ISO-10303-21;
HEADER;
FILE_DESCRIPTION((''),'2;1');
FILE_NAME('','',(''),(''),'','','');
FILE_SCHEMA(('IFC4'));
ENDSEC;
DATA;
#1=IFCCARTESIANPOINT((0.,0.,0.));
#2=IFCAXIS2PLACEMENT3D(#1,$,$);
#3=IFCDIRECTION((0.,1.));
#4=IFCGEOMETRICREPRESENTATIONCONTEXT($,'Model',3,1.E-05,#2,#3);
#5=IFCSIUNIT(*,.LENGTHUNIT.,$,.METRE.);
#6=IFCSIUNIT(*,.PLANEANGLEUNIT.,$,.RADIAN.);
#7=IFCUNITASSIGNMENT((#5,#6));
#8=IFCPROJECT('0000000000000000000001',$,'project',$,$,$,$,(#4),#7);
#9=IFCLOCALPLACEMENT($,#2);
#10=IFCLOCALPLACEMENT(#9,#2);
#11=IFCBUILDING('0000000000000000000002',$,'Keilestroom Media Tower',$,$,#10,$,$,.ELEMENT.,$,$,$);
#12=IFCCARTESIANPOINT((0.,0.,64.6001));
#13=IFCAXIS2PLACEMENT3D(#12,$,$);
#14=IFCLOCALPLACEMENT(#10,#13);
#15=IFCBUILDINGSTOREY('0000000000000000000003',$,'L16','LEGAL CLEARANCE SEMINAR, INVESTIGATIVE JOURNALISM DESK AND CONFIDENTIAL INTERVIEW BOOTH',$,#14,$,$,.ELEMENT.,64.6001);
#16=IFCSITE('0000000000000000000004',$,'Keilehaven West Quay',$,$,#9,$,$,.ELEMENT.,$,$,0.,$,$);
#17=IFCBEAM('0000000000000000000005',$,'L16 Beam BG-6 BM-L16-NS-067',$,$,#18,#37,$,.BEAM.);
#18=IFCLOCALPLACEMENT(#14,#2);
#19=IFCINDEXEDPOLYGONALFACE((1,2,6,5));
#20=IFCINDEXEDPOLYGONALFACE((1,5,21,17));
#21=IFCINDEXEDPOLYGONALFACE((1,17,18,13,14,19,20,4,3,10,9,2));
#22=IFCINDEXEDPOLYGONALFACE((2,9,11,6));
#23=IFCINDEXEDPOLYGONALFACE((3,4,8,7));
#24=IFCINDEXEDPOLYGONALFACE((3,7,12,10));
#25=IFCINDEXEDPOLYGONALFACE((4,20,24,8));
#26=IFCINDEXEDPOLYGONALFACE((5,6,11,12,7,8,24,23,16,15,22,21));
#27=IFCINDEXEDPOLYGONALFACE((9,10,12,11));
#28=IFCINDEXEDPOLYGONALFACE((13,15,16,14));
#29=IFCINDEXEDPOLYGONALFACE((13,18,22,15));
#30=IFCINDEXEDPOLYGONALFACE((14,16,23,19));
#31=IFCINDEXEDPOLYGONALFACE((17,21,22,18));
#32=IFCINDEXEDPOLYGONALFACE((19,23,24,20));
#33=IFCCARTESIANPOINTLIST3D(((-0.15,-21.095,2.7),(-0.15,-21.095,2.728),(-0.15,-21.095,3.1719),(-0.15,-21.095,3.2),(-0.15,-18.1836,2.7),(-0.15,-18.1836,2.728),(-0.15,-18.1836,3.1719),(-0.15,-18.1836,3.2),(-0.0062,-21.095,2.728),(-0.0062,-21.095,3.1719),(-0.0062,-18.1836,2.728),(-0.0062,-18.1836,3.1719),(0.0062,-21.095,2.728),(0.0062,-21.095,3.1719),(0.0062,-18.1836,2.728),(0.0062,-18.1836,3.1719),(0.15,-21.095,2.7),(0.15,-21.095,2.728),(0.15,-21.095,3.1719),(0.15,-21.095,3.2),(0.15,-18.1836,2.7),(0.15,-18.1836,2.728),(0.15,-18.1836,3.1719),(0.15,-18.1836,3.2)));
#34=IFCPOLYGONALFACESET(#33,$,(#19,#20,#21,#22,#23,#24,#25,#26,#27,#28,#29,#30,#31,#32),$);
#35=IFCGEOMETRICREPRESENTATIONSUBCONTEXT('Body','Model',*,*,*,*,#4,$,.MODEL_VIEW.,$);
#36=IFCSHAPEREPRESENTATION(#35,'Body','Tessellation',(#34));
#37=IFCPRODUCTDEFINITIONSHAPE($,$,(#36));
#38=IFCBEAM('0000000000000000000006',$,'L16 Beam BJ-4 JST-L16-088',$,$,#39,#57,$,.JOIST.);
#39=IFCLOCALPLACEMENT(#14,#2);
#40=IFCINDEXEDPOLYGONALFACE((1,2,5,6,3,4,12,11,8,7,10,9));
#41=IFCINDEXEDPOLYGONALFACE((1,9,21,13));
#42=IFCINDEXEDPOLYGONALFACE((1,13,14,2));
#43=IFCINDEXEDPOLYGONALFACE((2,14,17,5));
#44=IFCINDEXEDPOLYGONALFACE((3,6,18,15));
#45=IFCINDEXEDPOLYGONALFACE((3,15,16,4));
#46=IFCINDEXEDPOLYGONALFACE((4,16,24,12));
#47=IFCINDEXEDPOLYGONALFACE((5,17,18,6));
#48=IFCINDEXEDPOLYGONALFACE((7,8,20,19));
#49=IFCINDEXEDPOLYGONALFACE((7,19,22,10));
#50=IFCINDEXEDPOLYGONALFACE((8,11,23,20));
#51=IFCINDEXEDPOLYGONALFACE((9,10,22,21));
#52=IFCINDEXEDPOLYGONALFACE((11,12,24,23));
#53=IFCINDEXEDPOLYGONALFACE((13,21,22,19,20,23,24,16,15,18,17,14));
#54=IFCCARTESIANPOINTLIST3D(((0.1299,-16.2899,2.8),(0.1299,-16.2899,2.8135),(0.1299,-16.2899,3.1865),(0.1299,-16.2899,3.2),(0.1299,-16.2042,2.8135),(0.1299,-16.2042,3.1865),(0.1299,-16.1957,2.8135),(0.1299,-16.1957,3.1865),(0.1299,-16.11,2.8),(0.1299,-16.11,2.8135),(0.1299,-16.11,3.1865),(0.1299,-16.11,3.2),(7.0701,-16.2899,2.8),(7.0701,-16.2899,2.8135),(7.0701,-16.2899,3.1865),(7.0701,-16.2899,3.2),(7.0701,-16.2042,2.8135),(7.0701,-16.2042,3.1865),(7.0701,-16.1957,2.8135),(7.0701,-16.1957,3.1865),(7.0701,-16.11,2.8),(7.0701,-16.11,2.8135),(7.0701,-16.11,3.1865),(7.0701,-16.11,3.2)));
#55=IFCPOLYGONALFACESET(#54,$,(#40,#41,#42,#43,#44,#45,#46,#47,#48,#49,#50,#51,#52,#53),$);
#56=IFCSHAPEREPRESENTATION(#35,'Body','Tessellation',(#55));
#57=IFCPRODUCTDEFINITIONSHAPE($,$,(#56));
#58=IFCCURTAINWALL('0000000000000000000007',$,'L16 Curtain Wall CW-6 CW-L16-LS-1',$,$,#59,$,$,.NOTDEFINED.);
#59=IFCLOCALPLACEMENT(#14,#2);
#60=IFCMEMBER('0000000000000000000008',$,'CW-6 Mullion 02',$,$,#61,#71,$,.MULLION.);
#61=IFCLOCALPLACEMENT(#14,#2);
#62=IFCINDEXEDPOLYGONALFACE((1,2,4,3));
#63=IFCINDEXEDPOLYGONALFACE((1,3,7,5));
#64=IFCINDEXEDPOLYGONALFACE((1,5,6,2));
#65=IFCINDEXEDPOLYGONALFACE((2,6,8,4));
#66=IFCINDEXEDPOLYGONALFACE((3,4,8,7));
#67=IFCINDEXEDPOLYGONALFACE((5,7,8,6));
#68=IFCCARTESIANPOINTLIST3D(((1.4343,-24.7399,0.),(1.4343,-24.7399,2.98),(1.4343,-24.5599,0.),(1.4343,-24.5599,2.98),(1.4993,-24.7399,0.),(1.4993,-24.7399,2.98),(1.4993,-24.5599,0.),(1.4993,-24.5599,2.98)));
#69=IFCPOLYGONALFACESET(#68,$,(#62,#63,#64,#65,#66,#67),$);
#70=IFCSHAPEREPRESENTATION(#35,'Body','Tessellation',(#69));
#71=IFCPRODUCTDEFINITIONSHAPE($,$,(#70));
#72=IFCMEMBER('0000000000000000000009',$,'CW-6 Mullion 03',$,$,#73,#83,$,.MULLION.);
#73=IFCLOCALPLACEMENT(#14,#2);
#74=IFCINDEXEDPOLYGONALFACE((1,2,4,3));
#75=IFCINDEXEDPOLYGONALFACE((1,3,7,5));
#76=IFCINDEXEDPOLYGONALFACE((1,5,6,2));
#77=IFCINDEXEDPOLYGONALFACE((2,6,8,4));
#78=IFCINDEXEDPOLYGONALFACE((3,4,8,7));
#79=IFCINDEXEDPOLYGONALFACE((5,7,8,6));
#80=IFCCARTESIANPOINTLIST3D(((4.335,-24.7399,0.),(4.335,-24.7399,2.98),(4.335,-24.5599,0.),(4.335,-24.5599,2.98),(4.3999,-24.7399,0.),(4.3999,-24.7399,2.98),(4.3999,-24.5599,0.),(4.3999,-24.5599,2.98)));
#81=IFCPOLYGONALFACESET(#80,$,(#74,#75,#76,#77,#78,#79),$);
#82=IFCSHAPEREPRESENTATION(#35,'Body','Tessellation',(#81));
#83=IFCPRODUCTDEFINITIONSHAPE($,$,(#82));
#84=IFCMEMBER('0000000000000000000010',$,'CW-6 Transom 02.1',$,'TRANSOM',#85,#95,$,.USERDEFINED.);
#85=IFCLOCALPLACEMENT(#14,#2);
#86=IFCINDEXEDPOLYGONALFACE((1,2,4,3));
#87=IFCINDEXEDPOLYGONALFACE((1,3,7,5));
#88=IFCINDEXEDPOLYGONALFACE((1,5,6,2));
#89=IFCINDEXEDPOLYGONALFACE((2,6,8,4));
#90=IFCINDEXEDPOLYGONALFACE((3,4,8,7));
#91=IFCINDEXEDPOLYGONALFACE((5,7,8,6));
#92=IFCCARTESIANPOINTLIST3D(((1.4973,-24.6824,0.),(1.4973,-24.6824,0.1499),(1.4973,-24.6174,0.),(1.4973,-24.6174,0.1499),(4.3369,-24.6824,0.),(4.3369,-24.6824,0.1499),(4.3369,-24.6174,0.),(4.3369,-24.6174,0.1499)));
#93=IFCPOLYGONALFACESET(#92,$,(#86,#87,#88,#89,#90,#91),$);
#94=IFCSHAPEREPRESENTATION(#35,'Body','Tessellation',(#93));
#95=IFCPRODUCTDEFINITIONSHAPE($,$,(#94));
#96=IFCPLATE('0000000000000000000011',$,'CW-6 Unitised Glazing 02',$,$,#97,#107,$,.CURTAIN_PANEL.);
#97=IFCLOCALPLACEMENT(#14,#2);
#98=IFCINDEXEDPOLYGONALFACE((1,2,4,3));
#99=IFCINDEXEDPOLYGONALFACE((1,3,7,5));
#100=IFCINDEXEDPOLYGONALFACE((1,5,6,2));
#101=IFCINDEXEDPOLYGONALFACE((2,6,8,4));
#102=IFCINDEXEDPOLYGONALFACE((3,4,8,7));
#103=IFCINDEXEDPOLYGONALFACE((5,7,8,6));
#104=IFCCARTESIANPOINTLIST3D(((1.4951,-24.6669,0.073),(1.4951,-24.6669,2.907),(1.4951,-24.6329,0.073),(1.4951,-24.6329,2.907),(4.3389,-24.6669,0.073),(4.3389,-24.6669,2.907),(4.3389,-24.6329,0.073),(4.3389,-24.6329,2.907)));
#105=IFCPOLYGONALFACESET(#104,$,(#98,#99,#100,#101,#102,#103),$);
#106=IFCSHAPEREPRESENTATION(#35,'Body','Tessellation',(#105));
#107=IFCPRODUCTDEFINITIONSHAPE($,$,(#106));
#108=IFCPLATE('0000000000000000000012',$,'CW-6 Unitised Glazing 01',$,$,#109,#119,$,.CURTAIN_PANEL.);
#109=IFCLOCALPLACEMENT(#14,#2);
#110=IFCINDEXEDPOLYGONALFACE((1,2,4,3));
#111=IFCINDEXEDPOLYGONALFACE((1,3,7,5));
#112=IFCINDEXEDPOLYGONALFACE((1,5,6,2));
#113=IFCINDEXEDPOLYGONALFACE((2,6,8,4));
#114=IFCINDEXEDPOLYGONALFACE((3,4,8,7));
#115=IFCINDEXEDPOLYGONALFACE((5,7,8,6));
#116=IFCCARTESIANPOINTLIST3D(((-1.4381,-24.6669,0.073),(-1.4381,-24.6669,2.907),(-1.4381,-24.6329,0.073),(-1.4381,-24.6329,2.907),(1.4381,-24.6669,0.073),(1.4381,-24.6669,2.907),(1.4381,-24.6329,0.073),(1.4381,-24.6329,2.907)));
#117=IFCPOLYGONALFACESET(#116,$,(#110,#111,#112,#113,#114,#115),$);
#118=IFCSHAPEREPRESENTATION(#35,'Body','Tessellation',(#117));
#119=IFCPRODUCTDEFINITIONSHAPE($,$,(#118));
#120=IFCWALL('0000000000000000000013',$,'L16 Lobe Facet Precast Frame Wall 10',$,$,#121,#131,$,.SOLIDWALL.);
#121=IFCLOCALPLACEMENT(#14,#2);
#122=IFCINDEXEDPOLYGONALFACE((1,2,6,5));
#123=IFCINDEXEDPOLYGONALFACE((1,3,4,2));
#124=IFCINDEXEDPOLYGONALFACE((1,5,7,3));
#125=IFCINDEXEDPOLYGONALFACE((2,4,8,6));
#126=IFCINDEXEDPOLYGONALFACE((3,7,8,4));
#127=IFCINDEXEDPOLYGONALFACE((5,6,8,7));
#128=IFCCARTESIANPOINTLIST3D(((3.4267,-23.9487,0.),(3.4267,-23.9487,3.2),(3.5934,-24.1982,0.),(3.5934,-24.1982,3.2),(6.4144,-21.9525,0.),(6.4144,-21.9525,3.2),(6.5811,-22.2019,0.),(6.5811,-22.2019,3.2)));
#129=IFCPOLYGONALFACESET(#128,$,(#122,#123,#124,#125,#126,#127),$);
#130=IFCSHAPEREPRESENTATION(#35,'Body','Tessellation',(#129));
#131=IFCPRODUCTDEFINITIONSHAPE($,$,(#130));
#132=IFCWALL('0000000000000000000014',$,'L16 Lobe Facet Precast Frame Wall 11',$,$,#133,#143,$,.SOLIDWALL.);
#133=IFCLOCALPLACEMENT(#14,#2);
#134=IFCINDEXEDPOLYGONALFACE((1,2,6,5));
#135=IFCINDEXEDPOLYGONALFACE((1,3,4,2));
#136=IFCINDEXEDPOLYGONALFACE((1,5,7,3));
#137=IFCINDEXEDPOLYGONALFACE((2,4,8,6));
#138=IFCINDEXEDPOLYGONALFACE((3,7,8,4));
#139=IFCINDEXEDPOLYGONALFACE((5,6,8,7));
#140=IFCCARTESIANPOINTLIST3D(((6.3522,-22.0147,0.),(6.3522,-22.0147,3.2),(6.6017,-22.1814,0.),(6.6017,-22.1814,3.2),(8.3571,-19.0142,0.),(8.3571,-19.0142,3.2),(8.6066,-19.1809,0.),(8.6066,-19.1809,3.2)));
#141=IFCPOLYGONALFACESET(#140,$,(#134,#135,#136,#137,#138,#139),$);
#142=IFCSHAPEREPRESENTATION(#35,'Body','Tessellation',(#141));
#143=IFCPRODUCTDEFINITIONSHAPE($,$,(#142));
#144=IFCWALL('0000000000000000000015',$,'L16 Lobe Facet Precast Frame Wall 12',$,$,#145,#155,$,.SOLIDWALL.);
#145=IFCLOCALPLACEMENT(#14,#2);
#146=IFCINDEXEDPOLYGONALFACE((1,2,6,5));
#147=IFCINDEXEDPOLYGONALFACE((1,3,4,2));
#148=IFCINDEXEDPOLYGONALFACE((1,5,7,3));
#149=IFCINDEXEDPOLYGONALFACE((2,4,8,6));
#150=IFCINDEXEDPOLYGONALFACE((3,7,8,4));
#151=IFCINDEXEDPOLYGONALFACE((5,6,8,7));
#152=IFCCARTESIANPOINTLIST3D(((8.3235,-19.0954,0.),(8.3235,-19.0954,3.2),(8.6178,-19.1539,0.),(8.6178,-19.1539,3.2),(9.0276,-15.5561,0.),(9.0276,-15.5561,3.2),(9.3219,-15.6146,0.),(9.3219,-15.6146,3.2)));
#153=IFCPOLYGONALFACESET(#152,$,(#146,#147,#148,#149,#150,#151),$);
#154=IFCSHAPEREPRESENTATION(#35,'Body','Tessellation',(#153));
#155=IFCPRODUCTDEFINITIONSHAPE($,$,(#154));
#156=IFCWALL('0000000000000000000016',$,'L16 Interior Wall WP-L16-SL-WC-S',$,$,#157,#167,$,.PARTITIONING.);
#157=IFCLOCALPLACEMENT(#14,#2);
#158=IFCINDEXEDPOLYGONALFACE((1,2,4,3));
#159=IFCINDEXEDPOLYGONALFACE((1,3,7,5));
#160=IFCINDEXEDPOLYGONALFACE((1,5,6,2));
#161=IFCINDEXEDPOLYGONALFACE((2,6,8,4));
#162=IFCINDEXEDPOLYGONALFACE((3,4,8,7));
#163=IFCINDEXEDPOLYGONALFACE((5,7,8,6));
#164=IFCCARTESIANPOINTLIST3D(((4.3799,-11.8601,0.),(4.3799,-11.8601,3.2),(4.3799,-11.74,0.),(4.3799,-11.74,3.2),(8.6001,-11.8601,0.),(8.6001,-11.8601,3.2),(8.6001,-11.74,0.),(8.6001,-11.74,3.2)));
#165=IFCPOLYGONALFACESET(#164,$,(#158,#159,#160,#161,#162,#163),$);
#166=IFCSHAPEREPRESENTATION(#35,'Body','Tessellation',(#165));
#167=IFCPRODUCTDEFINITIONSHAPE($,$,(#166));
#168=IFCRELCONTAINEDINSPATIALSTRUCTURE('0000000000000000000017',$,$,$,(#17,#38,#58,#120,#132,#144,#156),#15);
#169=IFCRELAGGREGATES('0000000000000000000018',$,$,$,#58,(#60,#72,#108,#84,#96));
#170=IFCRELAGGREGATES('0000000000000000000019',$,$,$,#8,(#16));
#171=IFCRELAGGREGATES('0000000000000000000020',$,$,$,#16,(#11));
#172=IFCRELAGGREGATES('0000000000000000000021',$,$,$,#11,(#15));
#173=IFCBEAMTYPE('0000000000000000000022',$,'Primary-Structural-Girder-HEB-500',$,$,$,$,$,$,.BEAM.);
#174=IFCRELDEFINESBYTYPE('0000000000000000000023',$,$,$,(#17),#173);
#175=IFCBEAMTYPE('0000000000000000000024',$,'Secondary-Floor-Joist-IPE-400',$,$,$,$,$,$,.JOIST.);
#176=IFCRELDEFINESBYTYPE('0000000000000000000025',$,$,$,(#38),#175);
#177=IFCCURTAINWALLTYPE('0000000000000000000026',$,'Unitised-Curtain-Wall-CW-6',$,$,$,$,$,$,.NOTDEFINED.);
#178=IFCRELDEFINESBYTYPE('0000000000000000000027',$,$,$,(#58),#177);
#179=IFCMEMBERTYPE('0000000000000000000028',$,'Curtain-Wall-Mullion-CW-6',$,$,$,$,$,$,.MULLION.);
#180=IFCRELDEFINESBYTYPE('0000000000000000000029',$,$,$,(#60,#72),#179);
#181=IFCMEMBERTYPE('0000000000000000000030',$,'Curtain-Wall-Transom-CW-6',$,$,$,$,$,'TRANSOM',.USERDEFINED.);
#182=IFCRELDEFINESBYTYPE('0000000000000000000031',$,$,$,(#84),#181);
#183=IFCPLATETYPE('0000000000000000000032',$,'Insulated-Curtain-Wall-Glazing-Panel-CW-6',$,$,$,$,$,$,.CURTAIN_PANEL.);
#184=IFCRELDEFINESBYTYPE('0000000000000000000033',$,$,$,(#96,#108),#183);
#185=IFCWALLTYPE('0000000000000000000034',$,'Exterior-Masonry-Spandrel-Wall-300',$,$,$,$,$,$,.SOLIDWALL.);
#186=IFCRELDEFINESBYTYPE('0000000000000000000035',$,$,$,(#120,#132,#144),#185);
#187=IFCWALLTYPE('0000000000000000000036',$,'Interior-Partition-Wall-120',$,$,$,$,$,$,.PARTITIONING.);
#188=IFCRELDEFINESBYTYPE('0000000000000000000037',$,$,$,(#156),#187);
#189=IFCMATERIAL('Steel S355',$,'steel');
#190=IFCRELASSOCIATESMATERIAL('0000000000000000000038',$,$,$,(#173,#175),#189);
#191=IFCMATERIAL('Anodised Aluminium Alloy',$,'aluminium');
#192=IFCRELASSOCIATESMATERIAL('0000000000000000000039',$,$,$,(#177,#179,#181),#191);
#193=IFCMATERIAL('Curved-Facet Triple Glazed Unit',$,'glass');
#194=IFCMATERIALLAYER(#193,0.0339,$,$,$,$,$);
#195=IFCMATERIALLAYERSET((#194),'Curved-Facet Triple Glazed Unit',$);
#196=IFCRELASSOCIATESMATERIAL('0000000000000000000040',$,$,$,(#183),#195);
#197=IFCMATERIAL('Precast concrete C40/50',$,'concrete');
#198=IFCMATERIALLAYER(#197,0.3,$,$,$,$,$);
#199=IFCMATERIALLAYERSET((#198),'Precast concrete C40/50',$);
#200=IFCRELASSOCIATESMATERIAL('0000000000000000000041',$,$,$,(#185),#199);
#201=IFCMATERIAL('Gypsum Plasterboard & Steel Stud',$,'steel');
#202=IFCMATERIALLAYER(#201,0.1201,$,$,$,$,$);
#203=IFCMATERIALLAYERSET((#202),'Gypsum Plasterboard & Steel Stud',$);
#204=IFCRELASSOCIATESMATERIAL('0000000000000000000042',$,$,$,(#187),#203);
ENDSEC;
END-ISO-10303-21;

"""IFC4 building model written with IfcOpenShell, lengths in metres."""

from ifc_helpers import new_model, si_unit, direction, frame, frame_2d, origin, origin_2d, place, context, subcontext, project, spatial, rectangle, i_section, extrude, source, transform, mapped, material, layer, layer_set, material_profile, profile_set, type_object, element, aggregate, save


model = new_model("IFC4")

# Units and contexts
model_context = context("Model", 3, precision=1e-05, world=origin(), true_north=direction((0.0, 1.0)))
body_context = subcontext(model_context, "Body", "Model", "MODEL_VIEW")
ifc_project = project(units=[si_unit("LENGTHUNIT", "METRE"), si_unit("PLANEANGLEUNIT", "RADIAN")], contexts=[model_context])

# Site, building, storey
site_placement = place(None, origin())
site = spatial("IfcSite", under=ifc_project, at=site_placement, Name="Keilehaven West Quay", CompositionType="ELEMENT", RefElevation=0.0)
building_placement = place(site_placement, origin())
building = spatial("IfcBuilding", under=site, at=building_placement, Name="Keilestroom Media Tower", CompositionType="ELEMENT")
storey_placement = place(building_placement, frame((0.0, 0.0, 64.6001)))
storey = spatial("IfcBuildingStorey", under=building, at=storey_placement, Name="L16", Description="LEGAL CLEARANCE SEMINAR, INVESTIGATIVE JOURNALISM DESK AND CONFIDENTIAL INTERVIEW BOOTH", CompositionType="ELEMENT", Elevation=64.6001)

# Beams
ifc_material_1 = material(Name="Steel S355", Category="steel")
ifc_material_profile_1 = material_profile(ifc_material_1, i_section(OverallWidth=0.3, OverallDepth=0.5, WebThickness=0.0125, FlangeThickness=0.0281, at=origin_2d()), Name="HEB 500")
ifc_profile_set_1 = profile_set([ifc_material_profile_1], Name="Steel S355")
beam_type_1 = type_object("IfcBeamType", Name="Primary-Structural-Girder-HEB-500", PredefinedType="BEAM", material=ifc_profile_set_1)
shared_shape_1 = source(origin(), body_context, "Body", "SweptSolid", [
    extrude(i_section(OverallWidth=0.3, OverallDepth=0.5, WebThickness=0.0125, FlangeThickness=0.0281, at=origin_2d()), origin(), (0.0, 0.0, 1.0), 2.9114),
])
beam_1_placement = place(storey_placement, frame((0.0, -21.095, 2.95), z_axis=(0.0, 1.0, 0.0), x_axis=(-1.0, 0.0, 0.0)))
element("IfcBeam", 1, at=beam_1_placement, inside=storey, type_object=beam_type_1, Name="L16 Beam BG-6 BM-L16-NS-067", PredefinedType="BEAM", context=body_context, shape_type="MappedRepresentation", body=[
    mapped(shared_shape_1, transform((0.0, 0.0, 0.0), x_axis=(1.0, 0.0, 0.0), y_axis=(0.0, 1.0, 0.0), z_axis=(0.0, 0.0, 1.0), scale=1.0)),
])
ifc_material_profile_2 = material_profile(ifc_material_1, i_section(OverallWidth=0.1799, OverallDepth=0.3999, WebThickness=0.0085, FlangeThickness=0.0134, at=origin_2d()), Name="IPE 400")
ifc_profile_set_2 = profile_set([ifc_material_profile_2], Name="Steel S355")
beam_type_2 = type_object("IfcBeamType", Name="Secondary-Floor-Joist-IPE-400", PredefinedType="JOIST", material=ifc_profile_set_2)
shared_shape_2 = source(origin(), body_context, "Body", "SweptSolid", [
    extrude(i_section(OverallWidth=0.1799, OverallDepth=0.3999, WebThickness=0.0085, FlangeThickness=0.0134, at=origin_2d()), origin(), (0.0, 0.0, 1.0), 6.9402),
])
beam_2_placement = place(storey_placement, frame((0.1299, -16.2, 3.0), z_axis=(1.0, 0.0, 0.0), x_axis=(0.0, 1.0, 0.0)))
element("IfcBeam", 2, at=beam_2_placement, inside=storey, type_object=beam_type_2, Name="L16 Beam BJ-4 JST-L16-088", PredefinedType="JOIST", context=body_context, shape_type="MappedRepresentation", body=[
    mapped(shared_shape_2, transform((0.0, 0.0, 0.0), x_axis=(1.0, 0.0, 0.0), y_axis=(0.0, 1.0, 0.0), z_axis=(0.0, 0.0, 1.0), scale=1.0)),
])

# Curtain wall, members, plates
ifc_material_2 = material(Name="Anodised Aluminium Alloy", Category="aluminium")
curtain_wall_type = type_object("IfcCurtainWallType", Name="Unitised-Curtain-Wall-CW-6", PredefinedType="NOTDEFINED", material=ifc_material_2)
curtain_wall_placement = place(storey_placement, origin())
curtain_wall = element("IfcCurtainWall", 3, at=curtain_wall_placement, inside=storey, type_object=curtain_wall_type, Name="L16 Curtain Wall CW-6 CW-L16-LS-1", PredefinedType="NOTDEFINED")
ifc_material_profile_3 = material_profile(ifc_material_2, rectangle(XDim=0.0649, YDim=0.1799, at=origin_2d()), Name="ALU MULLION 65x180")
ifc_profile_set_3 = profile_set([ifc_material_profile_3], Name="Anodised Aluminium Alloy")
member_type_1 = type_object("IfcMemberType", Name="Curtain-Wall-Mullion-CW-6", PredefinedType="MULLION", material=ifc_profile_set_3)
shared_shape_3 = source(origin(), body_context, "Body", "SweptSolid", [
    extrude(rectangle(XDim=0.0649, YDim=0.1799, at=origin_2d()), origin(), (0.0, 0.0, 1.0), 2.98),
])
member_1_placement = place(storey_placement, frame((1.4668, -24.6499, 0.0), z_axis=(0.0, 0.0, 1.0), x_axis=(1.0, 0.0, 0.0)))
member_1 = element("IfcMember", 4, at=member_1_placement, type_object=member_type_1, Name="CW-6 Mullion 02", PredefinedType="MULLION", context=body_context, shape_type="MappedRepresentation", body=[
    mapped(shared_shape_3, transform((0.0, 0.0, 0.0), x_axis=(1.0, 0.0, 0.0), y_axis=(0.0, 1.0, 0.0), z_axis=(0.0, 0.0, 1.0), scale=1.0)),
])
member_2_placement = place(storey_placement, frame((4.3674, -24.6499, 0.0), z_axis=(0.0, 0.0, 1.0), x_axis=(1.0, 0.0, 0.0)))
member_2 = element("IfcMember", 5, at=member_2_placement, type_object=member_type_1, Name="CW-6 Mullion 03", PredefinedType="MULLION", context=body_context, shape_type="MappedRepresentation", body=[
    mapped(shared_shape_3, transform((0.0, 0.0, 0.0), x_axis=(1.0, 0.0, 0.0), y_axis=(0.0, 1.0, 0.0), z_axis=(0.0, 0.0, 1.0), scale=1.0)),
])
ifc_material_profile_4 = material_profile(ifc_material_2, rectangle(XDim=0.0649, YDim=0.1499, at=origin_2d()), Name="ALU TRANSOM 65x150")
ifc_profile_set_4 = profile_set([ifc_material_profile_4], Name="Anodised Aluminium Alloy")
member_type_2 = type_object("IfcMemberType", Name="Curtain-Wall-Transom-CW-6", ElementType="TRANSOM", PredefinedType="USERDEFINED", material=ifc_profile_set_4)
shared_shape_4 = source(origin(), body_context, "Body", "SweptSolid", [
    extrude(rectangle(XDim=0.0649, YDim=0.1499, at=origin_2d()), origin(), (0.0, 0.0, 1.0), 2.8396),
])
member_3_placement = place(storey_placement, frame((1.4973, -24.6499, 0.075), z_axis=(1.0, 0.0, 0.0), x_axis=(0.0, 1.0, 0.0)))
member_3 = element("IfcMember", 6, at=member_3_placement, type_object=member_type_2, Name="CW-6 Transom 02.1", ObjectType="TRANSOM", PredefinedType="USERDEFINED", context=body_context, shape_type="MappedRepresentation", body=[
    mapped(shared_shape_4, transform((0.0, 0.0, 0.0), x_axis=(1.0, 0.0, 0.0), y_axis=(0.0, 1.0, 0.0), z_axis=(0.0, 0.0, 1.0), scale=1.0)),
])
ifc_material_3 = material(Name="Curved-Facet Triple Glazed Unit", Category="glass")
ifc_layer_1 = layer(ifc_material_3, 0.0339)
ifc_layer_set_1 = layer_set([ifc_layer_1], Name="Curved-Facet Triple Glazed Unit")
plate_type = type_object("IfcPlateType", Name="Insulated-Curtain-Wall-Glazing-Panel-CW-6", PredefinedType="CURTAIN_PANEL", material=ifc_layer_set_1)
shared_shape_5 = source(origin(), body_context, "Body", "SweptSolid", [
    extrude(rectangle(XDim=2.8438, YDim=0.0339, at=origin_2d()), origin(), (0.0, 0.0, 1.0), 2.834),
])
plate_1_placement = place(storey_placement, frame((2.917, -24.6499, 0.073), z_axis=(0.0, 0.0, 1.0), x_axis=(1.0, 0.0, 0.0)))
plate_1 = element("IfcPlate", 7, at=plate_1_placement, type_object=plate_type, Name="CW-6 Unitised Glazing 02", PredefinedType="CURTAIN_PANEL", context=body_context, shape_type="MappedRepresentation", body=[
    mapped(shared_shape_5, transform((0.0, 0.0, 0.0), x_axis=(1.0, 0.0, 0.0), y_axis=(0.0, 1.0, 0.0), z_axis=(0.0, 0.0, 1.0), scale=1.0)),
])
shared_shape_6 = source(origin(), body_context, "Body", "SweptSolid", [
    extrude(rectangle(XDim=2.8762, YDim=0.0339, at=origin_2d()), origin(), (0.0, 0.0, 1.0), 2.834),
])
plate_2_placement = place(storey_placement, frame((0.0, -24.6499, 0.073), z_axis=(0.0, 0.0, 1.0), x_axis=(1.0, 0.0, 0.0)))
plate_2 = element("IfcPlate", 8, at=plate_2_placement, type_object=plate_type, Name="CW-6 Unitised Glazing 01", PredefinedType="CURTAIN_PANEL", context=body_context, shape_type="MappedRepresentation", body=[
    mapped(shared_shape_6, transform((0.0, 0.0, 0.0), x_axis=(1.0, 0.0, 0.0), y_axis=(0.0, 1.0, 0.0), z_axis=(0.0, 0.0, 1.0), scale=1.0)),
])
aggregate(curtain_wall, [member_1, member_2, plate_2, member_3, plate_1])

# Walls
ifc_material_4 = material(Name="Precast concrete C40/50", Category="concrete")
ifc_layer_2 = layer(ifc_material_4, 0.3)
ifc_layer_set_2 = layer_set([ifc_layer_2], Name="Precast concrete C40/50")
wall_type_1 = type_object("IfcWallType", Name="Exterior-Masonry-Spandrel-Wall-300", PredefinedType="SOLIDWALL", material=ifc_layer_set_2)
wall_1_placement = place(storey_placement, frame((3.51, -24.0735, 0.0), z_axis=(0.0, 0.0, 1.0), x_axis=(0.831475, 0.555562, 0.0)))
element("IfcWall", 9, at=wall_1_placement, inside=storey, type_object=wall_type_1, Name="L16 Lobe Facet Precast Frame Wall 10", PredefinedType="SOLIDWALL", context=body_context, shape_type="SweptSolid", body=[
    extrude(rectangle(XDim=3.5933, YDim=0.3, at=frame_2d((1.7966, 0.0))), origin(), (0.0, 0.0, 1.0), 3.2),
])
for number, where, z_axis, x_axis, name in (
    (10, (6.4771, -22.0979, 0.0), (0.0, 0.0, 1.0), (0.555574, 0.831467, 0.0), "L16 Lobe Facet Precast Frame Wall 11"),
    (11, (8.4707, -19.1245, 0.0), (0.0, 0.0, 1.0), (0.195114, 0.980781, 0.0), "L16 Lobe Facet Precast Frame Wall 12"),
):
    element("IfcWall", number, at=place(storey_placement, frame(where, z_axis=z_axis, x_axis=x_axis)), inside=storey, type_object=wall_type_1, Name=name, PredefinedType="SOLIDWALL", context=body_context, shape_type="SweptSolid", body=[
        extrude(rectangle(XDim=3.6086, YDim=0.3, at=frame_2d((1.8042, 0.0))), origin(), (0.0, 0.0, 1.0), 3.2),
    ])
ifc_material_5 = material(Name="Gypsum Plasterboard & Steel Stud", Category="steel")
ifc_layer_3 = layer(ifc_material_5, 0.1201)
ifc_layer_set_3 = layer_set([ifc_layer_3], Name="Gypsum Plasterboard & Steel Stud")
wall_type_2 = type_object("IfcWallType", Name="Interior-Partition-Wall-120", PredefinedType="PARTITIONING", material=ifc_layer_set_3)
wall_2_placement = place(storey_placement, frame((4.3799, -11.8, 0.0), z_axis=(0.0, 0.0, 1.0), x_axis=(1.0, 0.0, 0.0)))
element("IfcWall", 12, at=wall_2_placement, inside=storey, type_object=wall_type_2, Name="L16 Interior Wall WP-L16-SL-WC-S", PredefinedType="PARTITIONING", context=body_context, shape_type="SweptSolid", body=[
    extrude(rectangle(XDim=4.2202, YDim=0.1201, at=frame_2d((2.1101, 0.0))), origin(), (0.0, 0.0, 1.0), 3.2),
])

save(model, "model.ifc")
